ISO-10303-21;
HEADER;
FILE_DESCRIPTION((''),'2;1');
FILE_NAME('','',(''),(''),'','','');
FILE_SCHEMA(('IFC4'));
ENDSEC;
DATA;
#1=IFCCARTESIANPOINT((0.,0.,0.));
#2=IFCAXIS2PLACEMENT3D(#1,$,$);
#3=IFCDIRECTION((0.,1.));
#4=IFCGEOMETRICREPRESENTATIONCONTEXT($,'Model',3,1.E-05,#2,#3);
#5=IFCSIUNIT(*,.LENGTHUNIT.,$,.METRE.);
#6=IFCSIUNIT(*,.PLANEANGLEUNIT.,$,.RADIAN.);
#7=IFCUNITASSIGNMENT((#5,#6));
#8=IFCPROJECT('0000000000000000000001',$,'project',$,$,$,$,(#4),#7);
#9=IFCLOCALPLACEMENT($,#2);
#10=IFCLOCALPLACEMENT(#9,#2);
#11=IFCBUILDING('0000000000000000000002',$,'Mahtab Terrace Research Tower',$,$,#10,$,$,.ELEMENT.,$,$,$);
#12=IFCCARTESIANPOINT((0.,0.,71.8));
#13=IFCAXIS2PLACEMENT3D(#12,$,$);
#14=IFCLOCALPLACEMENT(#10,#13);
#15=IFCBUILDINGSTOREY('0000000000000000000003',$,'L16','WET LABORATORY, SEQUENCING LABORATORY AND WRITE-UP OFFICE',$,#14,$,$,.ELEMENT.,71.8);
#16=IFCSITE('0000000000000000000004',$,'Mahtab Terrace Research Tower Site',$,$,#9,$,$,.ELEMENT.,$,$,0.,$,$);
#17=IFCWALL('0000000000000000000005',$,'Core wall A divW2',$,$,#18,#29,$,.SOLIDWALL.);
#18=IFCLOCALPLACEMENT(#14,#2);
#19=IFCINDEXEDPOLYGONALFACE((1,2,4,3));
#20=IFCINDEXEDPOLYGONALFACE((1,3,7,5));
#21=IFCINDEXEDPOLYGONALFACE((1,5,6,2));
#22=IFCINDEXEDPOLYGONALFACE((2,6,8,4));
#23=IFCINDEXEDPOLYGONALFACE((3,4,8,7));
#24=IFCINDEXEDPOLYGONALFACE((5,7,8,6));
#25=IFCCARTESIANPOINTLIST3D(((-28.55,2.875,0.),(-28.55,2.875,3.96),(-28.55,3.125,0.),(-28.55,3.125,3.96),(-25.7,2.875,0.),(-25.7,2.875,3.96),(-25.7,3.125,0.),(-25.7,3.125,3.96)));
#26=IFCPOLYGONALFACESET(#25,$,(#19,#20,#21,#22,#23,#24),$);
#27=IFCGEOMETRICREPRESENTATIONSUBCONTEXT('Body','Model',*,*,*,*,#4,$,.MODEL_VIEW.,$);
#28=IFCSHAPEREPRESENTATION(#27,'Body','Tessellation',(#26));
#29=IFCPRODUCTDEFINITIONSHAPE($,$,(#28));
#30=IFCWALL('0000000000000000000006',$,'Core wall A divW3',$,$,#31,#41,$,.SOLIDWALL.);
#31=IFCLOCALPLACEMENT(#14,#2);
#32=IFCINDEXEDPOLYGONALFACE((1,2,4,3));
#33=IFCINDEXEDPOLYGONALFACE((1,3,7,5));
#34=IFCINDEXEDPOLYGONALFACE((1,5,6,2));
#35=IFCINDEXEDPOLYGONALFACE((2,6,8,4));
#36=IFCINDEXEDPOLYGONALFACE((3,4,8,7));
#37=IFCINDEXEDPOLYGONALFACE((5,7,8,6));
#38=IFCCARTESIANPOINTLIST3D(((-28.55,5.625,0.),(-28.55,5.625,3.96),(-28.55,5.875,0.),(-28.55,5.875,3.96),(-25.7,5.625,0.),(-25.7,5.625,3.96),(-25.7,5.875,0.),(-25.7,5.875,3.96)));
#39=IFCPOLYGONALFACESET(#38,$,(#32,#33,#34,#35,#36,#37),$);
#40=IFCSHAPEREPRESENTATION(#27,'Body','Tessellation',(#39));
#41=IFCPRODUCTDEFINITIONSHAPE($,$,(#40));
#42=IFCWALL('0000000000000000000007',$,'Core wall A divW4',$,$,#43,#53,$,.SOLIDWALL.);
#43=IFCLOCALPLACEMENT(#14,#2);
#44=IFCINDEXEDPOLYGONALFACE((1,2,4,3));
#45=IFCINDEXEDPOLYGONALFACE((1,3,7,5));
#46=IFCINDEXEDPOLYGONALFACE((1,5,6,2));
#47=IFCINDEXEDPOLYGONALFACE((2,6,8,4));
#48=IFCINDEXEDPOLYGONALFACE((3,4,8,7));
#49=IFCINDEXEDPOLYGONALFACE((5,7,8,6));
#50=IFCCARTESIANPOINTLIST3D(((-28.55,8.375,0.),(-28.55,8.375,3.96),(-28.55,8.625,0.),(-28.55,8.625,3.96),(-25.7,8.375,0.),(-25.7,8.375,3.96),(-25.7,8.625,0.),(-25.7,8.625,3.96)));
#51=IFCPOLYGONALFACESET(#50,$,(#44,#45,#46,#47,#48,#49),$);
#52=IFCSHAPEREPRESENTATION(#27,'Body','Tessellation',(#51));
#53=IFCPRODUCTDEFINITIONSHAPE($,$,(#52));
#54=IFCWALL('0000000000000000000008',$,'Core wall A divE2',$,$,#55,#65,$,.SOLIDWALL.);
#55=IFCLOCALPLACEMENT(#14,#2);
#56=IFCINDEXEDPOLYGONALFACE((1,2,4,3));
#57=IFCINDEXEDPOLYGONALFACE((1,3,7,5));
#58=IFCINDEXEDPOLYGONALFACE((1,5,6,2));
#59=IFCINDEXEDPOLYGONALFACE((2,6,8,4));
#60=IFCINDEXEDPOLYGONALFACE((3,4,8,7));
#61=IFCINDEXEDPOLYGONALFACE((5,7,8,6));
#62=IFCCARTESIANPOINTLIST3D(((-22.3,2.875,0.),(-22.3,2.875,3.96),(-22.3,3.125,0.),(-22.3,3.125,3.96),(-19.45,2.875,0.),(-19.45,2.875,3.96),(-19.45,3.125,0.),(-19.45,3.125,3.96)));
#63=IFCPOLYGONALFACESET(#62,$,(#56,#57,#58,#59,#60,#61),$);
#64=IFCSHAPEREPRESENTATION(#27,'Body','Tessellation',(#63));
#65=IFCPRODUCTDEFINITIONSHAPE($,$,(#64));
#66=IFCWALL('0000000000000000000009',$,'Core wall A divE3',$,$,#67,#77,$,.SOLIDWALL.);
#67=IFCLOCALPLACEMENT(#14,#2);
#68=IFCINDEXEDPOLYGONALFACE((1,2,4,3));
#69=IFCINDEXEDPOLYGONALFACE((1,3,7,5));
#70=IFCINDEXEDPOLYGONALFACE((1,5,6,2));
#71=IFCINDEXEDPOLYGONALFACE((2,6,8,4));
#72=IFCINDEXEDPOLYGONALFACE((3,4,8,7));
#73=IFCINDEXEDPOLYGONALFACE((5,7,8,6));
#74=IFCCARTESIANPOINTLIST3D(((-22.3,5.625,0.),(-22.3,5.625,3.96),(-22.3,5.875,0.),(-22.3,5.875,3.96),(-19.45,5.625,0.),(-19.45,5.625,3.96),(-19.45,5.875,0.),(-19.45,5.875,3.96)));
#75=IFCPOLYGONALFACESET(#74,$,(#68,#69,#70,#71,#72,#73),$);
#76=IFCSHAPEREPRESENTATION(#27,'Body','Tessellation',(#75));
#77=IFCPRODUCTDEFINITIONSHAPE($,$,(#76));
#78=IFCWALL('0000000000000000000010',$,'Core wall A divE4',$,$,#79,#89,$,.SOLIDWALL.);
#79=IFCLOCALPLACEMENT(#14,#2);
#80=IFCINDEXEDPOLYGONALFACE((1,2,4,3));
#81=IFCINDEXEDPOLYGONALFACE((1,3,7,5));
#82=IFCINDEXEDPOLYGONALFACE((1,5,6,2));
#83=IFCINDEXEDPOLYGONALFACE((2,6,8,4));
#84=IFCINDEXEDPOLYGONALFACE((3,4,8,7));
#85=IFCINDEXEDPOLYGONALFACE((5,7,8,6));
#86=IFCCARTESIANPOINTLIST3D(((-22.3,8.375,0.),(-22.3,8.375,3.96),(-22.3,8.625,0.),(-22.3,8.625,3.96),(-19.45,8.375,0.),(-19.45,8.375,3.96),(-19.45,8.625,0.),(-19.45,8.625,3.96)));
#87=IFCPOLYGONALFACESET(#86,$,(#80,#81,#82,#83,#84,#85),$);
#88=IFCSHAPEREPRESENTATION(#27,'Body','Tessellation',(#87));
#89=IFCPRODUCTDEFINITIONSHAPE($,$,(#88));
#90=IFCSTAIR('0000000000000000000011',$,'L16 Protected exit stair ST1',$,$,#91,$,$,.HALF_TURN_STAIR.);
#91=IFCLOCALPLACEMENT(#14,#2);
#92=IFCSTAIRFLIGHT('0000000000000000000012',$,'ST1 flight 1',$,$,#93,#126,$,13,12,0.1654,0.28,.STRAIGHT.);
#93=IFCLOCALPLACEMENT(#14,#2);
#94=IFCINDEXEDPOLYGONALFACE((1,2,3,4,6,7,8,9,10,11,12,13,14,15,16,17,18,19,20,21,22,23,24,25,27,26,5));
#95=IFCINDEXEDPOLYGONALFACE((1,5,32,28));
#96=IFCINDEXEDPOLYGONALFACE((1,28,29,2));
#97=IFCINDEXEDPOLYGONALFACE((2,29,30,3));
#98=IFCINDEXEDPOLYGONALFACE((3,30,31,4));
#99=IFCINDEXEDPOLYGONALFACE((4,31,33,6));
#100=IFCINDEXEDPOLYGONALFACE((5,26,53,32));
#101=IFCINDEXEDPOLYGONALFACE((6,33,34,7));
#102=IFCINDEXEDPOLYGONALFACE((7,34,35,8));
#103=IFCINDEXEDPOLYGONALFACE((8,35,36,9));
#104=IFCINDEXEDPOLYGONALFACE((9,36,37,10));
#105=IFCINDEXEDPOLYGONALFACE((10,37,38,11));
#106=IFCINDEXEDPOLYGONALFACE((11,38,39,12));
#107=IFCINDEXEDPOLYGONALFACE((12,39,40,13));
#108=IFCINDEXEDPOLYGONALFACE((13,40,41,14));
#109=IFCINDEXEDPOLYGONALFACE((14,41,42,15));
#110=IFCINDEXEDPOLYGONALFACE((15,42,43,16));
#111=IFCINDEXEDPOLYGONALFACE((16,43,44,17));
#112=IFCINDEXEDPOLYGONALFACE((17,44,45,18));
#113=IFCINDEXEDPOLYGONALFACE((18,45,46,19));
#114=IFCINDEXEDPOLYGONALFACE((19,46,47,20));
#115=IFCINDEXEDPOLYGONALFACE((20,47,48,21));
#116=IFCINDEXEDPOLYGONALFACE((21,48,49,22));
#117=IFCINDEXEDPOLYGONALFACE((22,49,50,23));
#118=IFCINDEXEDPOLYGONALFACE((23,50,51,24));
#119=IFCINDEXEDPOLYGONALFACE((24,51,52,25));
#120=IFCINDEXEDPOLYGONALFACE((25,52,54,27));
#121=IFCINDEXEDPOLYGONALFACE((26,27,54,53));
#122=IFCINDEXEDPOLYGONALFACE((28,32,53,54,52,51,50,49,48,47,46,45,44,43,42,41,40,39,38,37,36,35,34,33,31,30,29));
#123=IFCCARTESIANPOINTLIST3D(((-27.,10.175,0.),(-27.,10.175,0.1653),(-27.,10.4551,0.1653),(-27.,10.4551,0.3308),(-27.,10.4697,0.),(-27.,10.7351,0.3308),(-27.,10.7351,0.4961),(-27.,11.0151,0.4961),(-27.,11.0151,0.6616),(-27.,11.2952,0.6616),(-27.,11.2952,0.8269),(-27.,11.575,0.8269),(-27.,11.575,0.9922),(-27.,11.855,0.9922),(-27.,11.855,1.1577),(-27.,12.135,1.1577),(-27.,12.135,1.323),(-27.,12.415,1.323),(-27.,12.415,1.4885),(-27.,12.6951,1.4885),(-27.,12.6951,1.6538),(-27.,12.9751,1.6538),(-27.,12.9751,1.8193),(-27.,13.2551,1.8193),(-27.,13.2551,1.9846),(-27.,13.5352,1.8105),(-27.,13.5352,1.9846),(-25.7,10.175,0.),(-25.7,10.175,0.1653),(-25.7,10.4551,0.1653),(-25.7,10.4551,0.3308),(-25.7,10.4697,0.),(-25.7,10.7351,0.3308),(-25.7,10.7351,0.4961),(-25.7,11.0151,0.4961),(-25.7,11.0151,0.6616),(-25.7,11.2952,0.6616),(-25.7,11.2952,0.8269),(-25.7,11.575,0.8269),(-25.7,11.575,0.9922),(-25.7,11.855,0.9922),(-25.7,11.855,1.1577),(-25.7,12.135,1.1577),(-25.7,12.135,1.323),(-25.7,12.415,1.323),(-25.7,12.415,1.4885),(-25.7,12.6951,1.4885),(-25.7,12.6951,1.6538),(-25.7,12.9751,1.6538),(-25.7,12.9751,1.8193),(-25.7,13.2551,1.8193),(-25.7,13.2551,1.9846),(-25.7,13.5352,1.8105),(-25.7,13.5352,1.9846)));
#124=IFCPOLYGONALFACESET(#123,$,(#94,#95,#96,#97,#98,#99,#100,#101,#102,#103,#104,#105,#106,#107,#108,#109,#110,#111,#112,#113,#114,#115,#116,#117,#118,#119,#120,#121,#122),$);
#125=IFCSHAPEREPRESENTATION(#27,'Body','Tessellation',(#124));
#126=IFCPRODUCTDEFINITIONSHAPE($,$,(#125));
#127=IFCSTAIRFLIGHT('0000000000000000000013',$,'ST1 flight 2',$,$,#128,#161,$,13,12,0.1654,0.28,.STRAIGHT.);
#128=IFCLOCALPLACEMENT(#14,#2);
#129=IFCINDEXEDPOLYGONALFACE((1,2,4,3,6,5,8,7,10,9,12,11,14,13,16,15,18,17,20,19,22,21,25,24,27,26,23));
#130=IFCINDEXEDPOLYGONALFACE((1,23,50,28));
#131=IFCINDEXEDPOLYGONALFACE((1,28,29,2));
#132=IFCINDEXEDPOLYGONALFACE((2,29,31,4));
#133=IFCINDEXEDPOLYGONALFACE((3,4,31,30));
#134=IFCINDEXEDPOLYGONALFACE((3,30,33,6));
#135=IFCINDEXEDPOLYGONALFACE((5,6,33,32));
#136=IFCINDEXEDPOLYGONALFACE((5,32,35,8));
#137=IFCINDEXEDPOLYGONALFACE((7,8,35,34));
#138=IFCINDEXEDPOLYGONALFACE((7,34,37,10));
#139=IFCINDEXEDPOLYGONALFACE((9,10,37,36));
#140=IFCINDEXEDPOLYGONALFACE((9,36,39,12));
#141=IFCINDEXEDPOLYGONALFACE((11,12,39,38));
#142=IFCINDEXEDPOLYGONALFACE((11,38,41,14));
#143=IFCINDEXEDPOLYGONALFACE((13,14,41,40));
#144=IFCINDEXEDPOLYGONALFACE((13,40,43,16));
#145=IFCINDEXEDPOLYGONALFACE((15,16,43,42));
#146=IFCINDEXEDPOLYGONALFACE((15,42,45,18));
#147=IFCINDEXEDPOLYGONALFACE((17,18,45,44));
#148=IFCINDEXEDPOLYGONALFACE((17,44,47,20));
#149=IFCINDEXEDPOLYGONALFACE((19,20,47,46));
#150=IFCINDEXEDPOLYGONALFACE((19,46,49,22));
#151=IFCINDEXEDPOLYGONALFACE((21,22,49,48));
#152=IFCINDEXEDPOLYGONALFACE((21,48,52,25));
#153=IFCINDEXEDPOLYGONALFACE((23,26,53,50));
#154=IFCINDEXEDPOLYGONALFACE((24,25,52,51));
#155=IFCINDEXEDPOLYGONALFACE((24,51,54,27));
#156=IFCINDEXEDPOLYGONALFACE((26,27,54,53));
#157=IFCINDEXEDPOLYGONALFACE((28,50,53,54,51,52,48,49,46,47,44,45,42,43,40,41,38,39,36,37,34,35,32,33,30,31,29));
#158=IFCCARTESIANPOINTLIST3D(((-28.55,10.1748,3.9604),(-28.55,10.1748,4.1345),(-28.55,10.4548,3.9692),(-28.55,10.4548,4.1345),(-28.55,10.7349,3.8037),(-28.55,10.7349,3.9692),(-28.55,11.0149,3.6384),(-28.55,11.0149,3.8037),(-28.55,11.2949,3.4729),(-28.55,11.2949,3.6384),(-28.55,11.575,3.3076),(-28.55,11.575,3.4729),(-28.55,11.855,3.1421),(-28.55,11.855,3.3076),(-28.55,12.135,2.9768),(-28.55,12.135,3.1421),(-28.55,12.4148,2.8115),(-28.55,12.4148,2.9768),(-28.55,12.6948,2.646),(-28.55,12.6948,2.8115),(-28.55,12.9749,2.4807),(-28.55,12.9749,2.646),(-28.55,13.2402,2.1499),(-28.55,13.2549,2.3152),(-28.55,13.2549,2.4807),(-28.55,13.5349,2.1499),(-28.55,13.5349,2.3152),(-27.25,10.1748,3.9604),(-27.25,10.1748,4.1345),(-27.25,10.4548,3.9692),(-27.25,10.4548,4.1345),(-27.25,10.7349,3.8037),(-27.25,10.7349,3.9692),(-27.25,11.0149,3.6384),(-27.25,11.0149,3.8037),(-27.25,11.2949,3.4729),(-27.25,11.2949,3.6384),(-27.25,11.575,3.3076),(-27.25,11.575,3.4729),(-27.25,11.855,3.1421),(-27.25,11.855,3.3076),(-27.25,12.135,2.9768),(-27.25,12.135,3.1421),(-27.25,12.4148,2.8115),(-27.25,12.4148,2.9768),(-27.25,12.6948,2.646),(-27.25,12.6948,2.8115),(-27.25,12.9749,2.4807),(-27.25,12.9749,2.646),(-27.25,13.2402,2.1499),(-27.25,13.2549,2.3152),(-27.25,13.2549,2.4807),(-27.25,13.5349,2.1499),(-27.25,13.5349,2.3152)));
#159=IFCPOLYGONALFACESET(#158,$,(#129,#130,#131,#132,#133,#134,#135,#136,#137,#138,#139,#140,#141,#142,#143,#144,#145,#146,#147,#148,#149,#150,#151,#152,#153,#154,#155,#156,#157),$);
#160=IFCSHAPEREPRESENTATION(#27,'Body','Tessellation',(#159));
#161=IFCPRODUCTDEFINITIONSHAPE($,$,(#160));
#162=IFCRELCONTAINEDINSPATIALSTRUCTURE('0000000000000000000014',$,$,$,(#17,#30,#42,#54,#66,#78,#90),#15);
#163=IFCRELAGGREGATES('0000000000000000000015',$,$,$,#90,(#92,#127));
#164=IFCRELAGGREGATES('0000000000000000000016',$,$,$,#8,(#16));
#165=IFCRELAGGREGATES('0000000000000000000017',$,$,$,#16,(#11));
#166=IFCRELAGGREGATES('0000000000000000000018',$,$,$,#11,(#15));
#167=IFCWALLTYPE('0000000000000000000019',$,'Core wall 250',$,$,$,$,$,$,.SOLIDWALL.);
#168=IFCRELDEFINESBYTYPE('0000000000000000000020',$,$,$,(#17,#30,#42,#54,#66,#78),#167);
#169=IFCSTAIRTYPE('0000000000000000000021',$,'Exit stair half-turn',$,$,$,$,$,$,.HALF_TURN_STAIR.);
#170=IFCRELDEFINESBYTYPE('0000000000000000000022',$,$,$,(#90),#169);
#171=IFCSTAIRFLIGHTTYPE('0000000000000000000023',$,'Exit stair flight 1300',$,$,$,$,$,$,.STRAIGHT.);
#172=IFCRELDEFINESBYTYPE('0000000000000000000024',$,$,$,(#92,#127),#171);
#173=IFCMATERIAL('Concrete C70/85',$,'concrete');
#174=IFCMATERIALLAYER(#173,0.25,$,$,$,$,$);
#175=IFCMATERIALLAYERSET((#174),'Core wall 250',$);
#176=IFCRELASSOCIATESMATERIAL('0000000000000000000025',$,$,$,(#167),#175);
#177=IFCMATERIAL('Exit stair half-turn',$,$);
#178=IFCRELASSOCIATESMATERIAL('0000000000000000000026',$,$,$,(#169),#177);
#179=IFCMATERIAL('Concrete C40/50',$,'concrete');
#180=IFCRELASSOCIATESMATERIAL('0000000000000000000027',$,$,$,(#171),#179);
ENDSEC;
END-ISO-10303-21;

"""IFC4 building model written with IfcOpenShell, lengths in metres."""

from ifc_helpers import new_model, si_unit, direction, frame, frame_2d, origin, place, context, subcontext, project, spatial, polyline, rectangle, outline, extrude, material, layer, layer_set, type_object, element, aggregate, save


model = new_model("IFC4")

# Units and contexts
model_context = context("Model", 3, precision=1e-05, world=origin(), true_north=direction((0.0, 1.0)))
body_context = subcontext(model_context, "Body", "Model", "MODEL_VIEW")
ifc_project = project(units=[si_unit("LENGTHUNIT", "METRE"), si_unit("PLANEANGLEUNIT", "RADIAN")], contexts=[model_context])

# Site, building, storey
site_placement = place(None, origin())
site = spatial("IfcSite", under=ifc_project, at=site_placement, Name="Mahtab Terrace Research Tower Site", CompositionType="ELEMENT", RefElevation=0.0)
building_placement = place(site_placement, origin())
building = spatial("IfcBuilding", under=site, at=building_placement, Name="Mahtab Terrace Research Tower", CompositionType="ELEMENT")
storey_placement = place(building_placement, frame((0.0, 0.0, 71.8)))
storey = spatial("IfcBuildingStorey", under=building, at=storey_placement, Name="L16", Description="WET LABORATORY, SEQUENCING LABORATORY AND WRITE-UP OFFICE", CompositionType="ELEMENT", Elevation=71.8)

# Walls
ifc_material_1 = material(Name="Concrete C70/85", Category="concrete")
ifc_layer = layer(ifc_material_1, 0.25)
ifc_layer_set = layer_set([ifc_layer], Name="Core wall 250")
wall_type = type_object("IfcWallType", Name="Core wall 250", PredefinedType="SOLIDWALL", material=ifc_layer_set)
for number, where, z_axis, x_axis, name in (
    (1, (-28.55, 3.0, 0.0), (0.0, 0.0, 1.0), (1.0, 0.0, 0.0), "Core wall A divW2"),
    (2, (-28.55, 5.75, 0.0), (0.0, 0.0, 1.0), (1.0, 0.0, 0.0), "Core wall A divW3"),
    (3, (-28.55, 8.5, 0.0), (0.0, 0.0, 1.0), (1.0, 0.0, 0.0), "Core wall A divW4"),
    (4, (-22.3, 3.0, 0.0), (0.0, 0.0, 1.0), (1.0, 0.0, 0.0), "Core wall A divE2"),
    (5, (-22.3, 5.75, 0.0), (0.0, 0.0, 1.0), (1.0, 0.0, 0.0), "Core wall A divE3"),
    (6, (-22.3, 8.5, 0.0), (0.0, 0.0, 1.0), (1.0, 0.0, 0.0), "Core wall A divE4"),
):
    element("IfcWall", number, at=place(storey_placement, frame(where, z_axis=z_axis, x_axis=x_axis)), inside=storey, type_object=wall_type, Name=name, PredefinedType="SOLIDWALL", context=body_context, shape_type="SweptSolid", body=[
        extrude(rectangle(XDim=2.8501, YDim=0.25, at=frame_2d((1.425, 0.0))), origin(), (0.0, 0.0, 1.0), 3.96),
    ])

# Stair, stair flights
ifc_material_2 = material(Name="Exit stair half-turn")
stair_type = type_object("IfcStairType", Name="Exit stair half-turn", PredefinedType="HALF_TURN_STAIR", material=ifc_material_2)
stair_placement = place(storey_placement, origin())
stair = element("IfcStair", 7, at=stair_placement, inside=storey, type_object=stair_type, Name="L16 Protected exit stair ST1", PredefinedType="HALF_TURN_STAIR")
ifc_material_3 = material(Name="Concrete C40/50", Category="concrete")
stair_flight_type = type_object("IfcStairFlightType", Name="Exit stair flight 1300", PredefinedType="STRAIGHT", material=ifc_material_3)
stair_flight_1_placement = place(storey_placement, frame((-26.3501, 10.175, 0.0), z_axis=(0.0, 0.0, 1.0), x_axis=(0.0, 1.0, 0.0)))
stair_flight_1 = element("IfcStairFlight", 8, at=stair_flight_1_placement, type_object=stair_flight_type, Name="ST1 flight 1", NumberOfRisers=13, NumberOfTreads=12, PredefinedType="STRAIGHT", RiserHeight=0.1654, TreadLength=0.28, context=body_context, shape_type="SweptSolid", body=[
    extrude(outline(polyline([(0.0, 0.0), (0.0, 0.1653), (0.28, 0.1653), (0.28, 0.3308), (0.5601, 0.3308), (0.5601, 0.4961), (0.8401, 0.4961), (0.8401, 0.6616), (1.1201, 0.6616), (1.1201, 0.8269), (1.3999, 0.8269), (1.3999, 0.9922), (1.6799, 0.9922), (1.6799, 1.1577), (1.96, 1.1577), (1.96, 1.323), (2.24, 1.323), (2.24, 1.4885), (2.52, 1.4885), (2.52, 1.6538), (2.8, 1.6538), (2.8, 1.8193), (3.0801, 1.8193), (3.0801, 1.9846), (3.3601, 1.9846), (3.3601, 2.1499), (3.3601, 1.8105), (0.2947, 0.0), (0.0, 0.0)])), frame((0.0, 0.6499, 0.0), z_axis=(0.0, -1.0, 0.0), x_axis=(1.0, 0.0, 0.0)), (0.0, 0.0, 1.0), 1.3),
])
stair_flight_2_placement = place(storey_placement, frame((-27.8999, 13.5349, 2.1499), z_axis=(0.0, 0.0, 1.0), x_axis=(0.0, -1.0, 0.0)))
stair_flight_2 = element("IfcStairFlight", 9, at=stair_flight_2_placement, type_object=stair_flight_type, Name="ST1 flight 2", NumberOfRisers=13, NumberOfTreads=12, PredefinedType="STRAIGHT", RiserHeight=0.1654, TreadLength=0.28, context=body_context, shape_type="SweptSolid", body=[
    extrude(outline(polyline([(0.0, 0.0), (0.0, 0.1653), (0.28, 0.1653), (0.28, 0.3308), (0.5601, 0.3308), (0.5601, 0.4961), (0.8401, 0.4961), (0.8401, 0.6616), (1.1201, 0.6616), (1.1201, 0.8269), (1.3999, 0.8269), (1.3999, 0.9922), (1.6799, 0.9922), (1.6799, 1.1577), (1.96, 1.1577), (1.96, 1.323), (2.24, 1.323), (2.24, 1.4885), (2.52, 1.4885), (2.52, 1.6538), (2.8, 1.6538), (2.8, 1.8193), (3.0801, 1.8193), (3.0801, 1.9846), (3.3601, 1.9846), (3.3601, 2.1499), (3.3601, 1.8105), (0.2947, 0.0), (0.0, 0.0)])), frame((0.0, 0.6499, 0.0), z_axis=(0.0, -1.0, 0.0), x_axis=(1.0, 0.0, 0.0)), (0.0, 0.0, 1.0), 1.3),
])
aggregate(stair, [stair_flight_1, stair_flight_2])

save(model, "model.ifc")
